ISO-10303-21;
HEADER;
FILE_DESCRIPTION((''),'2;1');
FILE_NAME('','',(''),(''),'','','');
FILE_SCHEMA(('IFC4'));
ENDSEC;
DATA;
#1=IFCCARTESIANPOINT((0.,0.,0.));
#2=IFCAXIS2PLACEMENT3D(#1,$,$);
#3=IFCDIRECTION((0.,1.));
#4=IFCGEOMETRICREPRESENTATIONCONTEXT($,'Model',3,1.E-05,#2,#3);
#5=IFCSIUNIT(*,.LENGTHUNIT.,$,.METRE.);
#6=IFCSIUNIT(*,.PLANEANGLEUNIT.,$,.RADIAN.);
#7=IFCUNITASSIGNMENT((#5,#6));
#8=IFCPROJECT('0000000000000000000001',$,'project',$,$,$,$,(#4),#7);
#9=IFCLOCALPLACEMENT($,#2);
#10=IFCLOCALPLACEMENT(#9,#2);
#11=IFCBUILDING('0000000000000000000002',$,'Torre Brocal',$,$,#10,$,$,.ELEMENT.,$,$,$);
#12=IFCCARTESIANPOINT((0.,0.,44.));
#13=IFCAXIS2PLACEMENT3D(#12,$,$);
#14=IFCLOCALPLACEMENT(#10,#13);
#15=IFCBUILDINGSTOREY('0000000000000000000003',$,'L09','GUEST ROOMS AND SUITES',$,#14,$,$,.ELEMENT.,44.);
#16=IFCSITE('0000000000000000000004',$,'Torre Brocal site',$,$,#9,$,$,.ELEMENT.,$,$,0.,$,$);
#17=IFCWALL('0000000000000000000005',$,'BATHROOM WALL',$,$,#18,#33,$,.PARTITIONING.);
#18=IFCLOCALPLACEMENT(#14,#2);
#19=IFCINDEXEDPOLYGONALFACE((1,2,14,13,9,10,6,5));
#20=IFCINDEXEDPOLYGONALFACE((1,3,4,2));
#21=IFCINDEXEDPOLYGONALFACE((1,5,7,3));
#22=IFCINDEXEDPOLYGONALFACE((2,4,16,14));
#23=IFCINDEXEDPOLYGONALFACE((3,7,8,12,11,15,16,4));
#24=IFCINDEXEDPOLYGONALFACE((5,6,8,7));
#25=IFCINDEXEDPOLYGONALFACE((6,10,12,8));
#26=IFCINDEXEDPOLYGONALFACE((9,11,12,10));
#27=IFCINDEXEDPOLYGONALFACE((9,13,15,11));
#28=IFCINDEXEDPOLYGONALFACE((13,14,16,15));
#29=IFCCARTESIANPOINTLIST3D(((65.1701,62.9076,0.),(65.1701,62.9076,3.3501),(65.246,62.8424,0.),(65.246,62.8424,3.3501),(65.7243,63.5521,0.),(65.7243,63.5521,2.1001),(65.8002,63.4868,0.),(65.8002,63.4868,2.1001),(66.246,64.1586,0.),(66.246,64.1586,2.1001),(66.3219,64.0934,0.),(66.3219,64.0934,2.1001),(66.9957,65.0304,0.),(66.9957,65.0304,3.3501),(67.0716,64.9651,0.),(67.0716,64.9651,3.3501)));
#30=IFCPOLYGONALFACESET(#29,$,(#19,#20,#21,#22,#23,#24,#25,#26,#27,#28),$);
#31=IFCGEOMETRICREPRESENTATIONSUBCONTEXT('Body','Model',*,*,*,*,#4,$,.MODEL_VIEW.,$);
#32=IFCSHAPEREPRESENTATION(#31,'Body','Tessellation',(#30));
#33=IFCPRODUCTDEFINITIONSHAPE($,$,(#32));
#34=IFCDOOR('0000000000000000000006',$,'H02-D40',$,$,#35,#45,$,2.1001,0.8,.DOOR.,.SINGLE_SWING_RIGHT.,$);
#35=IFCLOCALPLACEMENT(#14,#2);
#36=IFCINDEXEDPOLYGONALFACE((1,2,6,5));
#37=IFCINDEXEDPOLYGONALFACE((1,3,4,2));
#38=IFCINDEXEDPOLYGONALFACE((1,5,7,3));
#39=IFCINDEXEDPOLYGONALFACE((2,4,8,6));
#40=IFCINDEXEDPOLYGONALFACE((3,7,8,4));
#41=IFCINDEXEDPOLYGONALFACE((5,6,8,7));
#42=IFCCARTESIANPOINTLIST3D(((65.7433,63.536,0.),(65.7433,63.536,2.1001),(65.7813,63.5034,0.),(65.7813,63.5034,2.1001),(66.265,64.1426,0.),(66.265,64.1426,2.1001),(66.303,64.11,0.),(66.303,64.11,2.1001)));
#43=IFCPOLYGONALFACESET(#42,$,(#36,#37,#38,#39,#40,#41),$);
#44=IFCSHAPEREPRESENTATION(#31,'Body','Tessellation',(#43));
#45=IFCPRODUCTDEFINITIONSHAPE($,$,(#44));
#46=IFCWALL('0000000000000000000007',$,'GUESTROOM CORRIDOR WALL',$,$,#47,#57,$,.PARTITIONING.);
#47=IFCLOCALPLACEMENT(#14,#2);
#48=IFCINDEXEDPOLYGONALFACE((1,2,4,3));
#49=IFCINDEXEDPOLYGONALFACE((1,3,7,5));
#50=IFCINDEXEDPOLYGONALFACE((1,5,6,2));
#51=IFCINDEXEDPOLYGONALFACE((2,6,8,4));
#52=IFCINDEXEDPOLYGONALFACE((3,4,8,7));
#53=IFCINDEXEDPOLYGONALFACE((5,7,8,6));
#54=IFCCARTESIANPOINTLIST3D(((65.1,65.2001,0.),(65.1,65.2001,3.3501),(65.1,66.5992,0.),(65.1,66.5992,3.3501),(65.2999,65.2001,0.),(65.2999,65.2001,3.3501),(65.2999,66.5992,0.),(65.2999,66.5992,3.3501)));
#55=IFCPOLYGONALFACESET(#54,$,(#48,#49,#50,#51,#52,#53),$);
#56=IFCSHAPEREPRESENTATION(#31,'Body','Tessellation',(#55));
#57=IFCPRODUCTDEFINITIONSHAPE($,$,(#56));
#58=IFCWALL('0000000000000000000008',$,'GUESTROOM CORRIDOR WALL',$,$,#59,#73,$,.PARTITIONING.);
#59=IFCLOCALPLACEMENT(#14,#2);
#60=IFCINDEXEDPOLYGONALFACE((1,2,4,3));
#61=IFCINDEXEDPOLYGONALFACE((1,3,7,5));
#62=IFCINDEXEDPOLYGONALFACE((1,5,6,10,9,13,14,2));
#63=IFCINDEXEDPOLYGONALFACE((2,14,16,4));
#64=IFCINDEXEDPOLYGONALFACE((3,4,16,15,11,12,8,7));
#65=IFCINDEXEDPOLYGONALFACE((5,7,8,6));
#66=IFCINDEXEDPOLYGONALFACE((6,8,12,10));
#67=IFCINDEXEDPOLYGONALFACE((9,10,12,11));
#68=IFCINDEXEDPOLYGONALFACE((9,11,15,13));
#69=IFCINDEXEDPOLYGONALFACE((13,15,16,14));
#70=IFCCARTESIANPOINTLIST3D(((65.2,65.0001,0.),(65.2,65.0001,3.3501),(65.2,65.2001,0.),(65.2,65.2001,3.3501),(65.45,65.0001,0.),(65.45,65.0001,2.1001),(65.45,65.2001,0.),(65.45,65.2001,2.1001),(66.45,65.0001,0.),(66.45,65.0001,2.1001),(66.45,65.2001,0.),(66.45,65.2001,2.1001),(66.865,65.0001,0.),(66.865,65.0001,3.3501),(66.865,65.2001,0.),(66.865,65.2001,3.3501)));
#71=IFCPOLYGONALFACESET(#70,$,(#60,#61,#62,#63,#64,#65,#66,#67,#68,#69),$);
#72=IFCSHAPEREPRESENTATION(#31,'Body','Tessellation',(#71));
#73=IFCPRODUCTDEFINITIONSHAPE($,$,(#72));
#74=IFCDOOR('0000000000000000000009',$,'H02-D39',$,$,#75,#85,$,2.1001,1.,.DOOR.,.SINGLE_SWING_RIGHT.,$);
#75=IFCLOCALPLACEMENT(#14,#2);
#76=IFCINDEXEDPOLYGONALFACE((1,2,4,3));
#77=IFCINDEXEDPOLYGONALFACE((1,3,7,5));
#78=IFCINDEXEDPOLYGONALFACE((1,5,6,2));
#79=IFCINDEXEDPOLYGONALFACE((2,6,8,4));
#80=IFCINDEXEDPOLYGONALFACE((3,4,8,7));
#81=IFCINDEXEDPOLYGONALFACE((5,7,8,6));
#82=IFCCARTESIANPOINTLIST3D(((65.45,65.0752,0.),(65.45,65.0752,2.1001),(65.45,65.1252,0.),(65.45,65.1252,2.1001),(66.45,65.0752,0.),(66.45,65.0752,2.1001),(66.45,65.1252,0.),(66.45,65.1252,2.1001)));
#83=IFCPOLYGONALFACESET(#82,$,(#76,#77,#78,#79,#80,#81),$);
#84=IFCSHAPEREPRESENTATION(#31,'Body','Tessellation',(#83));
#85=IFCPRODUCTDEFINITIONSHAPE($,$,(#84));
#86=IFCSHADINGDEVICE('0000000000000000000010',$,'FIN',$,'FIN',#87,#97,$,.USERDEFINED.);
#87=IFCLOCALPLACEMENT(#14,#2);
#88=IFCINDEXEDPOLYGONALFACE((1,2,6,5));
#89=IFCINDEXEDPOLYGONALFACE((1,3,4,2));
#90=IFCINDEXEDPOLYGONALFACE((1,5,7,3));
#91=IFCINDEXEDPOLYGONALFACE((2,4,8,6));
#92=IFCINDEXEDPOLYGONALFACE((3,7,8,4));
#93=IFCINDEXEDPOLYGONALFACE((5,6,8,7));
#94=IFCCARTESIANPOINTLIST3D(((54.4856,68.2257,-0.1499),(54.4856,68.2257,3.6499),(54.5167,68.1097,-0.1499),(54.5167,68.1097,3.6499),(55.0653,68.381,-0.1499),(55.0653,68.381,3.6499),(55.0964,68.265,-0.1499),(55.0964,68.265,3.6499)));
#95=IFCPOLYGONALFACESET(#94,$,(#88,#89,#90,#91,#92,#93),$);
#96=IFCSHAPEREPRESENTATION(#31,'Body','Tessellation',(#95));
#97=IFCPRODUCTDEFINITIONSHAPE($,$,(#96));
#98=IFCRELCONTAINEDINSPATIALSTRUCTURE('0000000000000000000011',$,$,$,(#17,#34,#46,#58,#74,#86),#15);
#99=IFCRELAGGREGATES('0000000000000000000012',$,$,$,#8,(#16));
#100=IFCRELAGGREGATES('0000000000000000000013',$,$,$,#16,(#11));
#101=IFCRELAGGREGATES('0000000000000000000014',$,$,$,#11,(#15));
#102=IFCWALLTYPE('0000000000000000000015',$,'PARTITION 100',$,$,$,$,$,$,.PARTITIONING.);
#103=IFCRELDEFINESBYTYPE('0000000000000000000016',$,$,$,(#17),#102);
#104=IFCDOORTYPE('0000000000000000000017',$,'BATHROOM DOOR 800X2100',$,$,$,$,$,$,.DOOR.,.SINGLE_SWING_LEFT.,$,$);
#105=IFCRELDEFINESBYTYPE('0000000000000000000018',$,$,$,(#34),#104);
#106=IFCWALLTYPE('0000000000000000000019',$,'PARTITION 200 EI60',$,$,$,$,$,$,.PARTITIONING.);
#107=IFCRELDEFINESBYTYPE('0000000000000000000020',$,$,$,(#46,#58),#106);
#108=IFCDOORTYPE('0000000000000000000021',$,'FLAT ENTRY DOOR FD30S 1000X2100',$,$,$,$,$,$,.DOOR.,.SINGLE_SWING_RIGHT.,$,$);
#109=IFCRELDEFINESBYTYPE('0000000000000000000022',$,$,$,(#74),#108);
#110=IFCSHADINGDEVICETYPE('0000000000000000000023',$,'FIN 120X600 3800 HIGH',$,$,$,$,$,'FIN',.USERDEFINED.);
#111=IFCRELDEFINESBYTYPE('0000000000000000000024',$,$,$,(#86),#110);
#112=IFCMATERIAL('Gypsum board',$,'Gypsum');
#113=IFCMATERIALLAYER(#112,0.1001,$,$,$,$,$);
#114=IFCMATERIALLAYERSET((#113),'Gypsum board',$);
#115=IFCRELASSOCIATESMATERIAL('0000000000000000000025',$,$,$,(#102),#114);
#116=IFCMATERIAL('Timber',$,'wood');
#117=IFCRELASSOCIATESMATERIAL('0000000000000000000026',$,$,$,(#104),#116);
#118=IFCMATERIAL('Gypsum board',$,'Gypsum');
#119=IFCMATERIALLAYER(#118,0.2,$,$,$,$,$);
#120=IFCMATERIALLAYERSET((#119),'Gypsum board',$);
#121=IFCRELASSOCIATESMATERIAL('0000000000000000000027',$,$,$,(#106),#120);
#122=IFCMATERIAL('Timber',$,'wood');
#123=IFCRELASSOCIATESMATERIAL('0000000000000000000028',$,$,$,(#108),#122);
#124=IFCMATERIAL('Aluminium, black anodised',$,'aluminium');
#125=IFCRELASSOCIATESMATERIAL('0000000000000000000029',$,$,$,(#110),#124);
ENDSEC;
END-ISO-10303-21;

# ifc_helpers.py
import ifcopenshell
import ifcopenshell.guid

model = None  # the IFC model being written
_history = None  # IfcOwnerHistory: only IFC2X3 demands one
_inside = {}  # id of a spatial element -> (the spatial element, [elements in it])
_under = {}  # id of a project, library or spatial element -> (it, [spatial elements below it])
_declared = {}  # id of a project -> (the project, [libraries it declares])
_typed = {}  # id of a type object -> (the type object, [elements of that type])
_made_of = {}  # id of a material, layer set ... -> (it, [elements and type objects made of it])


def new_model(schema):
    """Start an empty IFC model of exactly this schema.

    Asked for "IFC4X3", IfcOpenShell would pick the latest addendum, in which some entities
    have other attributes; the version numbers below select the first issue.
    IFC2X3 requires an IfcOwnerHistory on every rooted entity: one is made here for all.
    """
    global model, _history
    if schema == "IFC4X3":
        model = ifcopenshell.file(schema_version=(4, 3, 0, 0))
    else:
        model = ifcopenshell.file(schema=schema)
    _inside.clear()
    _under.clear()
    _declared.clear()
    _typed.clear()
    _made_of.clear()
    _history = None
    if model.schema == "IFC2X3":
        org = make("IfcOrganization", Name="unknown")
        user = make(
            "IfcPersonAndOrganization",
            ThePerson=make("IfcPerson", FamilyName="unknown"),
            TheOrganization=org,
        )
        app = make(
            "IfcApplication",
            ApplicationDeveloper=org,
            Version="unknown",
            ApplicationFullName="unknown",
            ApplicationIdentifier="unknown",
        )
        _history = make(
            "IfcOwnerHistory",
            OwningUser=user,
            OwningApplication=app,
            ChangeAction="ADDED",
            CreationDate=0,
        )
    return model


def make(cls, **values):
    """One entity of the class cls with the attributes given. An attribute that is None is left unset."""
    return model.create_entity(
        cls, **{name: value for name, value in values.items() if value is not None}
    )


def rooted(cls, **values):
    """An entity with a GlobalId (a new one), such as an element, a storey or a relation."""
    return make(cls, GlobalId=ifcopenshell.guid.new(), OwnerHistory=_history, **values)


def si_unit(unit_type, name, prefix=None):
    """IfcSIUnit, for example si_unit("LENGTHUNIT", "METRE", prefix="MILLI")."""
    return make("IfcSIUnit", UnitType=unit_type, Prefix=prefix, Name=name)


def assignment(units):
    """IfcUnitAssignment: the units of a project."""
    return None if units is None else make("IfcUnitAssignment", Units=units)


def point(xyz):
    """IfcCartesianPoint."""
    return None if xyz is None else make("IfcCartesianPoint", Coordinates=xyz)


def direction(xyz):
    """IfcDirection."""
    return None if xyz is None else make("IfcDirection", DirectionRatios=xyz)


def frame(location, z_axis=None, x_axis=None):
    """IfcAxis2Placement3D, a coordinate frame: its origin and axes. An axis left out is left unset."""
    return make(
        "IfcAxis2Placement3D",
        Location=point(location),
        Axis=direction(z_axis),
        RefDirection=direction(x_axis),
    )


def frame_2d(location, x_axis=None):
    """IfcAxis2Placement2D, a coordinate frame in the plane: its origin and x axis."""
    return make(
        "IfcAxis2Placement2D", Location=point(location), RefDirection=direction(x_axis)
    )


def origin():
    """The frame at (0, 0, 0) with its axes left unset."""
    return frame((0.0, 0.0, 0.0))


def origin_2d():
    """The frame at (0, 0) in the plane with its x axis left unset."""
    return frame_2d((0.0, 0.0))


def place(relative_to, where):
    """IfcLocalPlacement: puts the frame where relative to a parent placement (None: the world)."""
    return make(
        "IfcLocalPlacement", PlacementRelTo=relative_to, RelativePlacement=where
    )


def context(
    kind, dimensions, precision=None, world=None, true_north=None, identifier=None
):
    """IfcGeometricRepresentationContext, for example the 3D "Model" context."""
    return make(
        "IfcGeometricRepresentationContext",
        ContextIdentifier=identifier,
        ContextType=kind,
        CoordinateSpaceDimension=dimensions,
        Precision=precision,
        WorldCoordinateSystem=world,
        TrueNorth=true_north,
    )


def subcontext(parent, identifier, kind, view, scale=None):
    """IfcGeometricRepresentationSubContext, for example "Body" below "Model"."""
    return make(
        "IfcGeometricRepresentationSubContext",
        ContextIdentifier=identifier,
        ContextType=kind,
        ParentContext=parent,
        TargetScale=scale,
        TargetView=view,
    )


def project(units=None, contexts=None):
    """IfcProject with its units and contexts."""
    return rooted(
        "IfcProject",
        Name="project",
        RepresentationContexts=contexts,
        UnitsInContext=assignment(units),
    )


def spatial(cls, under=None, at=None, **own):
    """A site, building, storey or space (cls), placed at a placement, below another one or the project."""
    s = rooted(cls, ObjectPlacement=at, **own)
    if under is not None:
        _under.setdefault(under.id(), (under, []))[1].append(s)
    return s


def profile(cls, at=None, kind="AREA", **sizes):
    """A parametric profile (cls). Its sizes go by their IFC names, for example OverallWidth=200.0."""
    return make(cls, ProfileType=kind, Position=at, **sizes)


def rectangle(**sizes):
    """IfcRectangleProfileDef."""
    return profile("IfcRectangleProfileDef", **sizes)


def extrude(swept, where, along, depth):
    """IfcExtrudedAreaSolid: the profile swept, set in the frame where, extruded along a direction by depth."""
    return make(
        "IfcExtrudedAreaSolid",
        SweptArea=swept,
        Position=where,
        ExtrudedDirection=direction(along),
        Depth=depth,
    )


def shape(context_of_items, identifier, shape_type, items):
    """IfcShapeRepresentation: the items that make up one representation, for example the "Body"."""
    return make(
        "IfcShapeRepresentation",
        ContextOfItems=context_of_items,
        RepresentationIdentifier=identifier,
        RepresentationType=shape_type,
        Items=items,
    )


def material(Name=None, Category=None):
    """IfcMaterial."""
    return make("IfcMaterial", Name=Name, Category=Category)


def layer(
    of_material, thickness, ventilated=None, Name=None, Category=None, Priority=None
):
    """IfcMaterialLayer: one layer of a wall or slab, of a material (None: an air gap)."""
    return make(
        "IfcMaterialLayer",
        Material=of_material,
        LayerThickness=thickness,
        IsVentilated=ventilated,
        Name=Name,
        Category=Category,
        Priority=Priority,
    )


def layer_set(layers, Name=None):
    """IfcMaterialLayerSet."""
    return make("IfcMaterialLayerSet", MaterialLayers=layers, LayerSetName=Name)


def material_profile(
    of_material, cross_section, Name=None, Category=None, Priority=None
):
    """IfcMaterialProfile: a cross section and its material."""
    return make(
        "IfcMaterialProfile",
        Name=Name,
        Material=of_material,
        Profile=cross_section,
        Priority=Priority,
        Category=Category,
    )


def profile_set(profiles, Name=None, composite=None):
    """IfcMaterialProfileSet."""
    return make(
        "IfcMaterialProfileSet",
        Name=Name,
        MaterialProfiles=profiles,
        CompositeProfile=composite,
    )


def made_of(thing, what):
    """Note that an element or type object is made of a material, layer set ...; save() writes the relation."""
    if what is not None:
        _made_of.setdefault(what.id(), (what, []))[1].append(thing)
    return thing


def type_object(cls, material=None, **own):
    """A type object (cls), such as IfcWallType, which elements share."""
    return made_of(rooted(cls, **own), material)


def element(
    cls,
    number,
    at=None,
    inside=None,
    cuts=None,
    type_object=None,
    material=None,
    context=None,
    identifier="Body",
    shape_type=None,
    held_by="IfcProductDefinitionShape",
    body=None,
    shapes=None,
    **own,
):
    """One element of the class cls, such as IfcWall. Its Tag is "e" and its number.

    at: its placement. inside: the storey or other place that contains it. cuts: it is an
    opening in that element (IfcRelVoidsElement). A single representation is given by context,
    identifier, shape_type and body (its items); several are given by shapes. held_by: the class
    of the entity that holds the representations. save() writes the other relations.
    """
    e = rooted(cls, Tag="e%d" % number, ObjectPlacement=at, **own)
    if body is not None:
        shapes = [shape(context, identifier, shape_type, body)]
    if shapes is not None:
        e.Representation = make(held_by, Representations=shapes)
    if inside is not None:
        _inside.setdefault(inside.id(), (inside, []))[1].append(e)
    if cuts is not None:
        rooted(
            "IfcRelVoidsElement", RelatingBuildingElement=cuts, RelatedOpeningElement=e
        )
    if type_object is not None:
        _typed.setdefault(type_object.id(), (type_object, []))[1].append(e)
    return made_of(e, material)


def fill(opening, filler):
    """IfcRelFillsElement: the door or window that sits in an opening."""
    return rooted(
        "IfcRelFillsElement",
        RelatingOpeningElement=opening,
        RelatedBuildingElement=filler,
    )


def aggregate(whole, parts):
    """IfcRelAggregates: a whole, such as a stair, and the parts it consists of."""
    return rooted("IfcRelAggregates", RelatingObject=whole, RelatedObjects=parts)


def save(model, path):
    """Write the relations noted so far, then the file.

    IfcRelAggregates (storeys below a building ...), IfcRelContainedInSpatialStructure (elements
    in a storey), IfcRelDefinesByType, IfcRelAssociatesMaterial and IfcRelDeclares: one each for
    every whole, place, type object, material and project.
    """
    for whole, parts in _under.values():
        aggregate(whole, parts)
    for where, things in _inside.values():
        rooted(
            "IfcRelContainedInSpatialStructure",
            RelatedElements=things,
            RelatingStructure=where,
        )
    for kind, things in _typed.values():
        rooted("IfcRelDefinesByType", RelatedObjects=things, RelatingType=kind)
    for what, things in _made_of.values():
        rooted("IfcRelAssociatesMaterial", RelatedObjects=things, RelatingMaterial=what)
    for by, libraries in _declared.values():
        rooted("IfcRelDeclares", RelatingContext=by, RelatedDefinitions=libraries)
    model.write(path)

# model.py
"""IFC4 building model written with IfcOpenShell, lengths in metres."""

from ifc_helpers import new_model, si_unit, direction, frame, frame_2d, origin, origin_2d, place, context, subcontext, project, spatial, rectangle, extrude, material, layer, layer_set, material_profile, profile_set, type_object, element, fill, save


model = new_model("IFC4")

# Units and contexts
model_context = context("Model", 3, precision=1e-05, world=origin(), true_north=direction((0.0, 1.0)))
body_context = subcontext(model_context, "Body", "Model", "MODEL_VIEW")
ifc_project = project(units=[si_unit("LENGTHUNIT", "METRE"), si_unit("PLANEANGLEUNIT", "RADIAN")], contexts=[model_context])

# Site, building, storey
site_placement = place(None, origin())
site = spatial("IfcSite", under=ifc_project, at=site_placement, Name="Torre Brocal site", CompositionType="ELEMENT", RefElevation=0.0)
building_placement = place(site_placement, origin())
building = spatial("IfcBuilding", under=site, at=building_placement, Name="Torre Brocal", CompositionType="ELEMENT")
storey_placement = place(building_placement, frame((0.0, 0.0, 44.0)))
storey = spatial("IfcBuildingStorey", under=building, at=storey_placement, Name="L09", Description="GUEST ROOMS AND SUITES", CompositionType="ELEMENT", Elevation=44.0)

# Shared definitions
ifc_material_1 = material(Name="Gypsum board", Category="Gypsum")
ifc_layer_1 = layer(ifc_material_1, 0.1001)
ifc_layer_set_1 = layer_set([ifc_layer_1], Name="Gypsum board")
wall_type_1 = type_object("IfcWallType", Name="PARTITION 100", PredefinedType="PARTITIONING", material=ifc_layer_set_1)

# Wall, opening, door
wall_1_placement = place(storey_placement, frame((65.208, 62.875, 0.0), z_axis=(0.0, 0.0, 1.0), x_axis=(0.652054, 0.758172, 0.0)))
wall_1 = element("IfcWall", 1, at=wall_1_placement, inside=storey, type_object=wall_type_1, Name="BATHROOM WALL", PredefinedType="PARTITIONING", context=body_context, shape_type="SweptSolid", body=[
    extrude(rectangle(XDim=2.7998, YDim=0.1001, at=frame_2d((1.3999, 0.0))), origin(), (0.0, 0.0, 1.0), 3.3501),
])
opening_1_placement = place(wall_1_placement, frame((0.8501, 0.0, 0.0)))
opening_1 = element("IfcOpeningElement", 2, at=opening_1_placement, cuts=wall_1, PredefinedType="OPENING", context=body_context, shape_type="SweptSolid", body=[
    extrude(rectangle(XDim=0.8, YDim=2.1001, at=frame_2d((0.3999, 1.05))), frame((0.0, 0.0601, 0.0), z_axis=(0.0, -1.0, 0.0), x_axis=(1.0, 0.0, 0.0)), (0.0, 0.0, 1.0), 0.1201),
])
ifc_material_2 = material(Name="Timber", Category="wood")
door_type_1 = type_object("IfcDoorType", Name="BATHROOM DOOR 800X2100", OperationType="SINGLE_SWING_LEFT", PredefinedType="DOOR", material=ifc_material_2)
door_1_placement = place(opening_1_placement, frame((0.8, 0.0, 0.0), z_axis=(0.0, 0.0, 1.0), x_axis=(-1.0, 0.0, 0.0)))
door_1 = element("IfcDoor", 3, at=door_1_placement, inside=storey, type_object=door_type_1, Name="H02-D40", OperationType="SINGLE_SWING_RIGHT", OverallHeight=2.1001, OverallWidth=0.8, PredefinedType="DOOR", context=body_context, shape_type="SweptSolid", body=[
    extrude(rectangle(XDim=0.8, YDim=2.1001, at=frame_2d((0.3999, 1.05))), frame((0.0, 0.0249, 0.0), z_axis=(0.0, -1.0, 0.0), x_axis=(1.0, 0.0, 0.0)), (0.0, 0.0, 1.0), 0.05),
])
fill(opening_1, door_1)

# Wall
ifc_material_3 = material(Name="Gypsum board", Category="Gypsum")
ifc_layer_2 = layer(ifc_material_3, 0.2)
ifc_layer_set_2 = layer_set([ifc_layer_2], Name="Gypsum board")
wall_type_2 = type_object("IfcWallType", Name="PARTITION 200 EI60", PredefinedType="PARTITIONING", material=ifc_layer_set_2)
wall_2_placement = place(storey_placement, frame((65.2, 65.2, 0.0), z_axis=(0.0, 0.0, 1.0), x_axis=(0.0, 1.0, 0.0)))
element("IfcWall", 4, at=wall_2_placement, inside=storey, type_object=wall_type_2, Name="GUESTROOM CORRIDOR WALL", PredefinedType="PARTITIONING", context=body_context, shape_type="SweptSolid", body=[
    extrude(rectangle(XDim=1.3992, YDim=0.2, at=frame_2d((0.6997, 0.0))), origin(), (0.0, 0.0, 1.0), 3.3501),
])

# Wall, opening, door
wall_3_placement = place(storey_placement, frame((65.2, 65.1001, 0.0), z_axis=(0.0, 0.0, 1.0), x_axis=(1.0, 0.0, 0.0)))
wall_3 = element("IfcWall", 5, at=wall_3_placement, inside=storey, type_object=wall_type_2, Name="GUESTROOM CORRIDOR WALL", PredefinedType="PARTITIONING", context=body_context, shape_type="SweptSolid", body=[
    extrude(rectangle(XDim=1.665, YDim=0.2, at=frame_2d((0.8325, 0.0))), origin(), (0.0, 0.0, 1.0), 3.3501),
])
opening_2_placement = place(wall_3_placement, frame((0.25, 0.0, 0.0)))
opening_2 = element("IfcOpeningElement", 6, at=opening_2_placement, cuts=wall_3, PredefinedType="OPENING", context=body_context, shape_type="SweptSolid", body=[
    extrude(rectangle(XDim=1.0, YDim=2.1001, at=frame_2d((0.5, 1.05))), frame((0.0, 0.1099, 0.0), z_axis=(0.0, -1.0, 0.0), x_axis=(1.0, 0.0, 0.0)), (0.0, 0.0, 1.0), 0.22),
])
ifc_material_4 = material(Name="Timber", Category="wood")
door_type_2 = type_object("IfcDoorType", Name="FLAT ENTRY DOOR FD30S 1000X2100", OperationType="SINGLE_SWING_RIGHT", PredefinedType="DOOR", material=ifc_material_4)
door_2_placement = place(opening_2_placement, frame((1.0, 0.0, 0.0), z_axis=(0.0, 0.0, 1.0), x_axis=(-1.0, 0.0, 0.0)))
door_2 = element("IfcDoor", 7, at=door_2_placement, inside=storey, type_object=door_type_2, Name="H02-D39", OperationType="SINGLE_SWING_RIGHT", OverallHeight=2.1001, OverallWidth=1.0, PredefinedType="DOOR", context=body_context, shape_type="SweptSolid", body=[
    extrude(rectangle(XDim=1.0, YDim=2.1001, at=frame_2d((0.5, 1.05))), frame((0.0, 0.0249, 0.0), z_axis=(0.0, -1.0, 0.0), x_axis=(1.0, 0.0, 0.0)), (0.0, 0.0, 1.0), 0.05),
])
fill(opening_2, door_2)

# Shading device
ifc_material_5 = material(Name="Aluminium, black anodised", Category="aluminium")
ifc_material_profile_1 = material_profile(ifc_material_5, rectangle(XDim=0.1201, YDim=0.6001, at=origin_2d()), Name="FIN 120X600 3800 HIGH")
ifc_profile_set_1 = profile_set([ifc_material_profile_1], Name="Aluminium, black anodised")
shading_device_type = type_object("IfcShadingDeviceType", Name="FIN 120X600 3800 HIGH", ElementType="FIN", PredefinedType="USERDEFINED", material=ifc_profile_set_1)
shading_device_placement = place(storey_placement, frame((54.791, 68.2454, -0.1499), z_axis=(0.0, 0.0, 1.0), x_axis=(0.258819, -0.965926, 0.0)))
element("IfcShadingDevice", 8, at=shading_device_placement, inside=storey, type_object=shading_device_type, Name="FIN", ObjectType="FIN", PredefinedType="USERDEFINED", context=body_context, shape_type="SweptSolid", body=[
    extrude(rectangle(XDim=0.1201, YDim=0.6001, at=origin_2d()), origin(), (0.0, 0.0, 1.0), 3.7998),
])

save(model, "model.ifc")
